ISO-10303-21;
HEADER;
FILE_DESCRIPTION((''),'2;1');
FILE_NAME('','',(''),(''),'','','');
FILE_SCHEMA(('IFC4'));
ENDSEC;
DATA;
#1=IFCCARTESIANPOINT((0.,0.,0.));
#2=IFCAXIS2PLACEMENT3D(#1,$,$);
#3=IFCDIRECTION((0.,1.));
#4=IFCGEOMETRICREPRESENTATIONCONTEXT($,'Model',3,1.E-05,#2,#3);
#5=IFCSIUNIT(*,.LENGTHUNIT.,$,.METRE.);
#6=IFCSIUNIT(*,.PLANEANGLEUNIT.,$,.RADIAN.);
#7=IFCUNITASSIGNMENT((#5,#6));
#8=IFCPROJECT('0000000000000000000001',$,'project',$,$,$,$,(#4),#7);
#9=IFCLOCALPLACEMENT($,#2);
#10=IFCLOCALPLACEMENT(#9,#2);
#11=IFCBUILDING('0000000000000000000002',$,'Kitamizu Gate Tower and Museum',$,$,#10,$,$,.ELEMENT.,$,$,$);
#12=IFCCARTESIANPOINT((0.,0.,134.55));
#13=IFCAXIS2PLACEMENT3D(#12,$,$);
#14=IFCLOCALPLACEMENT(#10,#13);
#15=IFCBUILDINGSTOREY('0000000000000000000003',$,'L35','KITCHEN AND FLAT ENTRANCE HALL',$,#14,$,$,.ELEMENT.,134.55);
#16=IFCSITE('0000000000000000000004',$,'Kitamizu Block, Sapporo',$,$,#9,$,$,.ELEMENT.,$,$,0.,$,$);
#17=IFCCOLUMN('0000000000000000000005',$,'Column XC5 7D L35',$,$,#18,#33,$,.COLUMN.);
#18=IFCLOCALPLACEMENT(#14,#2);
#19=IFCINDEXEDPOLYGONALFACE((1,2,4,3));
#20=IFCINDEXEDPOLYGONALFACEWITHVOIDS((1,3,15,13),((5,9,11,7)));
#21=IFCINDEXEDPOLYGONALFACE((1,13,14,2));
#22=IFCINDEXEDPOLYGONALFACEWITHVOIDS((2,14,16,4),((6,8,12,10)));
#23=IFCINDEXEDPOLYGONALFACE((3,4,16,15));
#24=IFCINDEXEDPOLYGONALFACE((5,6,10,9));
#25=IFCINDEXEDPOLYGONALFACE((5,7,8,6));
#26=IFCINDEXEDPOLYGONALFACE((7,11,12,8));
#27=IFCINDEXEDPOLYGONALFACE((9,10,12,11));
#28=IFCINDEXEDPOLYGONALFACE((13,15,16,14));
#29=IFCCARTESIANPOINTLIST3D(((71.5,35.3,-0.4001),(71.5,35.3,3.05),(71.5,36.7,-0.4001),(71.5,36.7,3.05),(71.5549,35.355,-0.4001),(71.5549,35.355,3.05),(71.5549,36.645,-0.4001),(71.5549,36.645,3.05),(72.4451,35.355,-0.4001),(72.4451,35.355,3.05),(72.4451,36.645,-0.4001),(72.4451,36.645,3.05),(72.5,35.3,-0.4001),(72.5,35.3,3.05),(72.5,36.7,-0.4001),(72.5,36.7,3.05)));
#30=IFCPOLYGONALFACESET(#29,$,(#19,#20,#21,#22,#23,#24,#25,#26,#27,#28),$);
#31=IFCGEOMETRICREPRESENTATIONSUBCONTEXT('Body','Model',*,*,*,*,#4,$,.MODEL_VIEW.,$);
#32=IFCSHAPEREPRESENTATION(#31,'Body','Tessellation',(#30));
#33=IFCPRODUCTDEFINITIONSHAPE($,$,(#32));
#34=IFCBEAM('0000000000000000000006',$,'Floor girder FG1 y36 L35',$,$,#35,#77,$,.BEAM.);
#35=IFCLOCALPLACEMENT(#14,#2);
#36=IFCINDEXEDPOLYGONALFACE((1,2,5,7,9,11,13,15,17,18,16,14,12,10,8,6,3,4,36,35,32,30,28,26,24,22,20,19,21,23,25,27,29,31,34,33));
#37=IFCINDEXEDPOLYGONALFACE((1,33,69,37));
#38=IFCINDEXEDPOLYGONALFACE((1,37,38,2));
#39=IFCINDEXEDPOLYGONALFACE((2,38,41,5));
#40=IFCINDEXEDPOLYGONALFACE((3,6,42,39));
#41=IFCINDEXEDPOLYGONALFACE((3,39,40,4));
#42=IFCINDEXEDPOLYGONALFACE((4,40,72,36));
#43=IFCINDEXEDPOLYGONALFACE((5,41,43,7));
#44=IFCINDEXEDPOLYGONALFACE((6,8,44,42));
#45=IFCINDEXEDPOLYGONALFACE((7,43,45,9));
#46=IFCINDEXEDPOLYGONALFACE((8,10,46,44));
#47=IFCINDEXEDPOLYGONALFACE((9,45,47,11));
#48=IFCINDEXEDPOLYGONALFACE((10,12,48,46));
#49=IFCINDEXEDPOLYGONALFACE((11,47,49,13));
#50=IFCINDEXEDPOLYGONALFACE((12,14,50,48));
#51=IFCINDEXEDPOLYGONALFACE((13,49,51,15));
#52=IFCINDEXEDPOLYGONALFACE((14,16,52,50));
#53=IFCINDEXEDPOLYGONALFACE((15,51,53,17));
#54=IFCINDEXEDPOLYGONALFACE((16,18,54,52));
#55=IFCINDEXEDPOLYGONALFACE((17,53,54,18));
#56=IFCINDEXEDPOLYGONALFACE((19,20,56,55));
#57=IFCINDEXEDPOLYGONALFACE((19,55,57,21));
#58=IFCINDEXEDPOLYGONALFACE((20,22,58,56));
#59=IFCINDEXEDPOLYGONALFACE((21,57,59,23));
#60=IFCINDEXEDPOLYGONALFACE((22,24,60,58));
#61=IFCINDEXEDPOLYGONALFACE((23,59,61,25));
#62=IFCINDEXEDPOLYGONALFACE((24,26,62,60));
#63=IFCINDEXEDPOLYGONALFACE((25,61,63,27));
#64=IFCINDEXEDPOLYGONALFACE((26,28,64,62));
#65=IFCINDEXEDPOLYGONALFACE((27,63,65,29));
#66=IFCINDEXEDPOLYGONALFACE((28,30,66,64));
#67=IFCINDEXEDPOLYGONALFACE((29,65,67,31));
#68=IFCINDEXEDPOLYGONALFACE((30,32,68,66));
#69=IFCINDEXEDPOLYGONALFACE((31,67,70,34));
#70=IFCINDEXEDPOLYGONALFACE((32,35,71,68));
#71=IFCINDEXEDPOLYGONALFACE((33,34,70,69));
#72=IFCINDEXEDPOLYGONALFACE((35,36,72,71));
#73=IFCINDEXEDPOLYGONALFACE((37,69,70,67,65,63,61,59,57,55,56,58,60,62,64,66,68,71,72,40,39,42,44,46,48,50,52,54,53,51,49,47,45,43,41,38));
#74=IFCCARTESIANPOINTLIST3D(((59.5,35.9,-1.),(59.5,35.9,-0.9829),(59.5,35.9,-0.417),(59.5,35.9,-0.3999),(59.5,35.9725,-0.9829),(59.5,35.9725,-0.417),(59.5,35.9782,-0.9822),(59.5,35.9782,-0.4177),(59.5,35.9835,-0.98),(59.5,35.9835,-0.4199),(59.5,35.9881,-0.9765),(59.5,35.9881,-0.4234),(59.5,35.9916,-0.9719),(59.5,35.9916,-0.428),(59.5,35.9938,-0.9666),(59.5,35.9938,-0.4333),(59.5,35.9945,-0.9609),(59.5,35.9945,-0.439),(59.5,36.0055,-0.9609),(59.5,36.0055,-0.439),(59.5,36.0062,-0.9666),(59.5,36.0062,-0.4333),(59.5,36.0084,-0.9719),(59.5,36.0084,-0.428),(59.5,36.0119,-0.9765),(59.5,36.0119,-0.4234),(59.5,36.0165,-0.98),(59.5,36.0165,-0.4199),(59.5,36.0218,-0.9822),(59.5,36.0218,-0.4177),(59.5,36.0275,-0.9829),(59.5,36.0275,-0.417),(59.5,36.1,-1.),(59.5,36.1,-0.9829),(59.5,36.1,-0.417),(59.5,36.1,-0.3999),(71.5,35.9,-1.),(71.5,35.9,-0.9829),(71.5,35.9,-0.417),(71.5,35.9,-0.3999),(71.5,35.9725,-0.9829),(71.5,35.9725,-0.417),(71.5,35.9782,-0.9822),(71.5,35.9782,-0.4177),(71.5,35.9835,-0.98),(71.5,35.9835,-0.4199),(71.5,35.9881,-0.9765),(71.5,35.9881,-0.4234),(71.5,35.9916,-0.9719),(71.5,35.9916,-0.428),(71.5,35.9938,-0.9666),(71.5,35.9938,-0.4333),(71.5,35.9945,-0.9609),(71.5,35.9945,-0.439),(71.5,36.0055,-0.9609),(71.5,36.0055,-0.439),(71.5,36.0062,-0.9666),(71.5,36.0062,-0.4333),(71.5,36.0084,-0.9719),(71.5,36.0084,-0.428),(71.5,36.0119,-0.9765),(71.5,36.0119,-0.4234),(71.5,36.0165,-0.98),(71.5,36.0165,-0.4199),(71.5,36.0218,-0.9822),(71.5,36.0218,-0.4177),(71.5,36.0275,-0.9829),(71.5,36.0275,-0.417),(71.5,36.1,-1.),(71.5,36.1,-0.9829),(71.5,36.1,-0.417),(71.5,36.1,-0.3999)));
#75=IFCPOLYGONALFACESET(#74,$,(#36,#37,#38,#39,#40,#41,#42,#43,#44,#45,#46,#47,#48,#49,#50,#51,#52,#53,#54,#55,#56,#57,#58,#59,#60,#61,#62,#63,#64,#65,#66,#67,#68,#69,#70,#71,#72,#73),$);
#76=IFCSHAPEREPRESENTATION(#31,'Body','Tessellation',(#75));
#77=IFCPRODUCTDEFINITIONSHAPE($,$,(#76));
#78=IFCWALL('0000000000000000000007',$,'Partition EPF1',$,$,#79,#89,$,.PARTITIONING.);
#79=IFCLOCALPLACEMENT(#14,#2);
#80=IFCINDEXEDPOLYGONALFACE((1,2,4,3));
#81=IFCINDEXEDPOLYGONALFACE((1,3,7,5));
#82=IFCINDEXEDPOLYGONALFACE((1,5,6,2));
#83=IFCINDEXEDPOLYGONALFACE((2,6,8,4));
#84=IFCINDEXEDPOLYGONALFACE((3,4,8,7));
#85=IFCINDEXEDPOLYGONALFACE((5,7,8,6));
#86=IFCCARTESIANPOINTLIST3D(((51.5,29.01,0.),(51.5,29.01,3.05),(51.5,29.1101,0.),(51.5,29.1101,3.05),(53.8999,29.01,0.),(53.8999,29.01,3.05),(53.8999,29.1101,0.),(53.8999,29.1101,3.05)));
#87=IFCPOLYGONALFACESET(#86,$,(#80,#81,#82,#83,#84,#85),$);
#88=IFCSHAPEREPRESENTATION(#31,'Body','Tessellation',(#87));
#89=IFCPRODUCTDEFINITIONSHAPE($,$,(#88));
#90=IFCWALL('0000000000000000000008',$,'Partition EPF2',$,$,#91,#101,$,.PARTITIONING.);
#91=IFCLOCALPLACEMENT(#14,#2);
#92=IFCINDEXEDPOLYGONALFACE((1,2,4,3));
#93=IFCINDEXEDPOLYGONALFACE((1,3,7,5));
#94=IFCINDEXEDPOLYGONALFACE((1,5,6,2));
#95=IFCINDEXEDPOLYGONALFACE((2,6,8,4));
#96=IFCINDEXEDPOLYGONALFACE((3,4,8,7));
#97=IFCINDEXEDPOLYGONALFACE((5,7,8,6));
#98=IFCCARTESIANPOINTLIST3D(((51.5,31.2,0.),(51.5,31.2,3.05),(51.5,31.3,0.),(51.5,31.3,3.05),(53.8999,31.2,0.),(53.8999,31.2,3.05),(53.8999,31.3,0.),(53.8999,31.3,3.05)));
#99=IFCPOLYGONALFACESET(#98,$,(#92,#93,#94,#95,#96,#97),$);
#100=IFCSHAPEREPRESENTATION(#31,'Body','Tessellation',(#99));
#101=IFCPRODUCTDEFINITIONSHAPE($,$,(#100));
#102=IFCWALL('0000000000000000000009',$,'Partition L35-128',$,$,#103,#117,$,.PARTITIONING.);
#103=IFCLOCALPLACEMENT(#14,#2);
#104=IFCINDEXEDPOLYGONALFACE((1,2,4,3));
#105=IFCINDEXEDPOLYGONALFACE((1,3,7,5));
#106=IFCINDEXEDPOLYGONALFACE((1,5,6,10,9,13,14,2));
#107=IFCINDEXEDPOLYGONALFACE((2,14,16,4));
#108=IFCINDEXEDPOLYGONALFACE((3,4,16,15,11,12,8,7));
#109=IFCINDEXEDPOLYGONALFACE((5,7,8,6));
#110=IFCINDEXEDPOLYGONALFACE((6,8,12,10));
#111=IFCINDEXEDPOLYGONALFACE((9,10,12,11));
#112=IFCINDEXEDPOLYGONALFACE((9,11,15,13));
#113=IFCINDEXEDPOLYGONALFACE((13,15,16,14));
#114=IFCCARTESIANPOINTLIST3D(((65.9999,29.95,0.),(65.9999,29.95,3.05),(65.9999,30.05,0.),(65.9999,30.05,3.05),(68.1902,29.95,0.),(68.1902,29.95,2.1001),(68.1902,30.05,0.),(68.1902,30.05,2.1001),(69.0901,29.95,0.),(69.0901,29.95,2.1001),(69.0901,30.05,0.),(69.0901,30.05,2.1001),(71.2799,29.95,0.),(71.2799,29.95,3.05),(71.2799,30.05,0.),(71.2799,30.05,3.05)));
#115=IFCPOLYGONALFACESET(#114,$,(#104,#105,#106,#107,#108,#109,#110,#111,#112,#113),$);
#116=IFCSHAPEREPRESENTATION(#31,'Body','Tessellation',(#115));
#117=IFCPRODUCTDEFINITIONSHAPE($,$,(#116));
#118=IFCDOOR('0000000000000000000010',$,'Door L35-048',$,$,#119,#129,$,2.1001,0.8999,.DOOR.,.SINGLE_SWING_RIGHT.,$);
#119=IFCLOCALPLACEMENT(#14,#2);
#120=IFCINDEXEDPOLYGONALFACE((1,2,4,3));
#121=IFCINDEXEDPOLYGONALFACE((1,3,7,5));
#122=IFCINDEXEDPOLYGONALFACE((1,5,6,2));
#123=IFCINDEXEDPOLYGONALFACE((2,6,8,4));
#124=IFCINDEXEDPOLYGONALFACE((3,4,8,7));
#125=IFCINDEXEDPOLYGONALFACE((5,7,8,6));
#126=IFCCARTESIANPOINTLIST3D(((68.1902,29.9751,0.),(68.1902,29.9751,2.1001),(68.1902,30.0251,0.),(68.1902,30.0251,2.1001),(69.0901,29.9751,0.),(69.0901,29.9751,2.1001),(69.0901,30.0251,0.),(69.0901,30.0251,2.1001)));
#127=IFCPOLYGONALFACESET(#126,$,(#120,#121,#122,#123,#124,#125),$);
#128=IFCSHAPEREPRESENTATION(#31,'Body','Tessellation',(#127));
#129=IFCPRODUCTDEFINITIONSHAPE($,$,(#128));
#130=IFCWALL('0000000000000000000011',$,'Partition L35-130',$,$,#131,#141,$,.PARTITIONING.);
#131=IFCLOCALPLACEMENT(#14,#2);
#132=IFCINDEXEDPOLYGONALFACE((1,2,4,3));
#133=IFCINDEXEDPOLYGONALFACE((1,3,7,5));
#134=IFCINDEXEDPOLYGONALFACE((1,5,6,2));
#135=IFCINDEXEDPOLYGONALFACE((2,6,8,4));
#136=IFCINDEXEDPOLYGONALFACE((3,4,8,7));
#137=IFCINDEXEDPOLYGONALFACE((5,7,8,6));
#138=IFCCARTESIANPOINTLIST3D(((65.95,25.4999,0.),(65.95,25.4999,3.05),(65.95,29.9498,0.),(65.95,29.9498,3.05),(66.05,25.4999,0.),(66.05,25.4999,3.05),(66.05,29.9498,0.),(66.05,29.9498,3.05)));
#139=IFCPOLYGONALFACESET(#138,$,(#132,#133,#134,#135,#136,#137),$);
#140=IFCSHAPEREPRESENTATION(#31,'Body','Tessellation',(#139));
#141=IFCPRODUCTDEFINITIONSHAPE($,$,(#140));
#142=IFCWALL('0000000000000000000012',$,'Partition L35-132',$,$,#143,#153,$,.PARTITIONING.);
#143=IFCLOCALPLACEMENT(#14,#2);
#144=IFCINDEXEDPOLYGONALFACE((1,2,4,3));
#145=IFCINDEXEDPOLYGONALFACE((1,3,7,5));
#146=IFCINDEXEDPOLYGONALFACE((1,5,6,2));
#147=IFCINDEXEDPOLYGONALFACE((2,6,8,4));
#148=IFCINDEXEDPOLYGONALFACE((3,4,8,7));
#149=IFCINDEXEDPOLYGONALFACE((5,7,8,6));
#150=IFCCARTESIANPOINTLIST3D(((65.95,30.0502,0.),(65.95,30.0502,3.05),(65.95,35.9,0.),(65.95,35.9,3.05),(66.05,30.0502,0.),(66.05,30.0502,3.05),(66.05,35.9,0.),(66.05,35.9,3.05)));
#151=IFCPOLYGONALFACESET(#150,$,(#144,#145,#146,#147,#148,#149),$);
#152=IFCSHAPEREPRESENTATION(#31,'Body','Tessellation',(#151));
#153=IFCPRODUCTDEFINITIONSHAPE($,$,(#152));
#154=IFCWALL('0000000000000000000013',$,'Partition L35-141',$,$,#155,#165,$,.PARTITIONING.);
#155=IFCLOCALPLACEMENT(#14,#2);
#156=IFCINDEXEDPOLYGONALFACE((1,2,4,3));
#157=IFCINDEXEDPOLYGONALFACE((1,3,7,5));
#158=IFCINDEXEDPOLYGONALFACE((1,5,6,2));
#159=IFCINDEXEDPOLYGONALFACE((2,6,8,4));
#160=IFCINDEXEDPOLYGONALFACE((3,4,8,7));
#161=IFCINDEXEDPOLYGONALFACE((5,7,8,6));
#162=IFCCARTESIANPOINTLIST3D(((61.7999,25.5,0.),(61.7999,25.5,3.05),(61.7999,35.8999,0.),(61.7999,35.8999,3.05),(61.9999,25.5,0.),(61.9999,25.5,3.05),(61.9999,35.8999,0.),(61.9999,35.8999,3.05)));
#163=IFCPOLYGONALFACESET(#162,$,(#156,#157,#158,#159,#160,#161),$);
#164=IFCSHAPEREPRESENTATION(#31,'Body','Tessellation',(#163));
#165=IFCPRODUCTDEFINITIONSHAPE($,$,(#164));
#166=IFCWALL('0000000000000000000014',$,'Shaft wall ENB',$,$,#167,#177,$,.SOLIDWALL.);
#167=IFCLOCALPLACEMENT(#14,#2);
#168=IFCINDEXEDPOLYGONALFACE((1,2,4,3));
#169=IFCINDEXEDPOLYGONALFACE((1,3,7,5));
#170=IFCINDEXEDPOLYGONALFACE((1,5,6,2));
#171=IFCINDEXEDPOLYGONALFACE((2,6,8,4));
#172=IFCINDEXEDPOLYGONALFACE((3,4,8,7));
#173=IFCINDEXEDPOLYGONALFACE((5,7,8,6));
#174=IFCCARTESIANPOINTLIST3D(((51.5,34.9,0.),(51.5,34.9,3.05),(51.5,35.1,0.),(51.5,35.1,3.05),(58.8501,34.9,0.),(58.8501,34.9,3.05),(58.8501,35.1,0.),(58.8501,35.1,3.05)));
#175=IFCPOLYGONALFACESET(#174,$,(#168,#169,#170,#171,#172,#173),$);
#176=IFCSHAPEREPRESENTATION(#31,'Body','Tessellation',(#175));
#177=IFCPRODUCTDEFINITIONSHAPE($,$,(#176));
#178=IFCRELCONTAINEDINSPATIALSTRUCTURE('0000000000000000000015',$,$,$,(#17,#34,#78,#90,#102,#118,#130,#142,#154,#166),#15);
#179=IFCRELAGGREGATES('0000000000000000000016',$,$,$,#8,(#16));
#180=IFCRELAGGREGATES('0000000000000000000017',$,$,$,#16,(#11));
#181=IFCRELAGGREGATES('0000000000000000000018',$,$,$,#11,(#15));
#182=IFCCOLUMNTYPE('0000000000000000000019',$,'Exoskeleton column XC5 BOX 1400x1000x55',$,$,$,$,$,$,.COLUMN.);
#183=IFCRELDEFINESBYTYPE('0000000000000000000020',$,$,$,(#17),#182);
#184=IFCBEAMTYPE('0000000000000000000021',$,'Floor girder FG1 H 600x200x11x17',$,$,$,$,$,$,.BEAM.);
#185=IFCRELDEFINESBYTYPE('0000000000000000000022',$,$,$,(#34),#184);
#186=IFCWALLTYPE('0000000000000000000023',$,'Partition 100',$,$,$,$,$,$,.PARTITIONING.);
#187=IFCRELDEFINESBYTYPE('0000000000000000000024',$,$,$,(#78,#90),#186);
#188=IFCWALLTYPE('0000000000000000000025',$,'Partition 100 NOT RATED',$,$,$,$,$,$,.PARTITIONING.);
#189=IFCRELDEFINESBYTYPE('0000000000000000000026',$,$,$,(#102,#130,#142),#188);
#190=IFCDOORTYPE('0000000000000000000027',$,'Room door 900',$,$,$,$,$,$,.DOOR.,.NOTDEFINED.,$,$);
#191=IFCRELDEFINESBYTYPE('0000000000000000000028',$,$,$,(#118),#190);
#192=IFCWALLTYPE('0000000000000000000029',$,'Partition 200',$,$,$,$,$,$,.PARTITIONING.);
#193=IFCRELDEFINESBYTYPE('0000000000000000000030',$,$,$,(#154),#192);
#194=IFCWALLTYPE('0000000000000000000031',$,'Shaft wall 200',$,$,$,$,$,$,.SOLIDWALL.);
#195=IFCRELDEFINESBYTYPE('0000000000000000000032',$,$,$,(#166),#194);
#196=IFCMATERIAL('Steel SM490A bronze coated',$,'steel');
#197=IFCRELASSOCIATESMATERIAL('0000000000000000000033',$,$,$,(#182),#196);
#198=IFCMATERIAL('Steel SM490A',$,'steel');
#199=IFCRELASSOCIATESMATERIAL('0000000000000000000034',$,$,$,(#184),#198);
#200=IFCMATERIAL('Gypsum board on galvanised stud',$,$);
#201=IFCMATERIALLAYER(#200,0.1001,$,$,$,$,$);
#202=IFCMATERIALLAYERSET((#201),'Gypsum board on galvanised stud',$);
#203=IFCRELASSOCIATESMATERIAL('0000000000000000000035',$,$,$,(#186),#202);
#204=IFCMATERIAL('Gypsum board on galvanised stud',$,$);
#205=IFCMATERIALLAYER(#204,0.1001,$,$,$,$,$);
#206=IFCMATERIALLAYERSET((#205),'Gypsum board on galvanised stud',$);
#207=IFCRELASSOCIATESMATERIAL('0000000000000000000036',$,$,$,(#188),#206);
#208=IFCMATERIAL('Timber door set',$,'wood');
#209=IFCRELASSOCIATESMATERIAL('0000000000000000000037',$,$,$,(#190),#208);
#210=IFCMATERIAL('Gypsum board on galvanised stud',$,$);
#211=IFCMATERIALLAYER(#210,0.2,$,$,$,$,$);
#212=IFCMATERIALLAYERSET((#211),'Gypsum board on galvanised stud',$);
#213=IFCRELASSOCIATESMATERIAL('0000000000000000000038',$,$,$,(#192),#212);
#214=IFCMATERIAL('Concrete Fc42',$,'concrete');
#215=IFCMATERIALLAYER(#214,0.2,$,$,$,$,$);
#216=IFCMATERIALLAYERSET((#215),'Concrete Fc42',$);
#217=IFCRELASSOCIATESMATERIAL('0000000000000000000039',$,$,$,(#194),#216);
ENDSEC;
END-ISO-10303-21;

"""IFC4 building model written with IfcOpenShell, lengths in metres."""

from ifc_helpers import new_model, si_unit, direction, frame, frame_2d, origin, origin_2d, place, context, subcontext, project, spatial, rectangle, hollow_rectangle, i_section, extrude, material, layer, layer_set, material_profile, profile_set, type_object, element, fill, save


model = new_model("IFC4")

# Units and contexts
model_context = context("Model", 3, precision=1e-05, world=origin(), true_north=direction((0.0, 1.0)))
body_context = subcontext(model_context, "Body", "Model", "MODEL_VIEW")
ifc_project = project(units=[si_unit("LENGTHUNIT", "METRE"), si_unit("PLANEANGLEUNIT", "RADIAN")], contexts=[model_context])

# Site, building, storey
site_placement = place(None, origin())
site = spatial("IfcSite", under=ifc_project, at=site_placement, Name="Kitamizu Block, Sapporo", CompositionType="ELEMENT", RefElevation=0.0)
building_placement = place(site_placement, origin())
building = spatial("IfcBuilding", under=site, at=building_placement, Name="Kitamizu Gate Tower and Museum", CompositionType="ELEMENT")
storey_placement = place(building_placement, frame((0.0, 0.0, 134.55)))
storey = spatial("IfcBuildingStorey", under=building, at=storey_placement, Name="L35", Description="KITCHEN AND FLAT ENTRANCE HALL", CompositionType="ELEMENT", Elevation=134.55)

# Column
ifc_material_1 = material(Name="Steel SM490A bronze coated", Category="steel")
ifc_material_profile_1 = material_profile(ifc_material_1, hollow_rectangle(XDim=1.3999, YDim=1.0, WallThickness=0.0549, at=origin_2d()), Name="BOX 1400x1000x55")
ifc_profile_set_1 = profile_set([ifc_material_profile_1], Name="Steel SM490A bronze coated")
column_type = type_object("IfcColumnType", Name="Exoskeleton column XC5 BOX 1400x1000x55", PredefinedType="COLUMN", material=ifc_profile_set_1)
column_placement = place(storey_placement, frame((72.0, 36.0, -0.4001), z_axis=(0.0, 0.0, 1.0), x_axis=(0.0, 1.0, 0.0)))
element("IfcColumn", 1, at=column_placement, inside=storey, type_object=column_type, Name="Column XC5 7D L35", PredefinedType="COLUMN", context=body_context, shape_type="SweptSolid", body=[
    extrude(hollow_rectangle(XDim=1.3999, YDim=1.0, WallThickness=0.0549, at=origin_2d()), origin(), (0.0, 0.0, 1.0), 3.4502),
])

# Beam
ifc_material_2 = material(Name="Steel SM490A", Category="steel")
ifc_material_profile_2 = material_profile(ifc_material_2, i_section(OverallWidth=0.2, OverallDepth=0.6001, WebThickness=0.011, FlangeThickness=0.0171, FilletRadius=0.022, at=origin_2d()), Name="H-600x200x11x17")
ifc_profile_set_2 = profile_set([ifc_material_profile_2], Name="Steel SM490A")
beam_type = type_object("IfcBeamType", Name="Floor girder FG1 H 600x200x11x17", PredefinedType="BEAM", material=ifc_profile_set_2)
beam_placement = place(storey_placement, frame((59.5, 36.0, -0.7), z_axis=(1.0, 0.0, 0.0), x_axis=(0.0, 1.0, 0.0)))
element("IfcBeam", 2, at=beam_placement, inside=storey, type_object=beam_type, Name="Floor girder FG1 y36 L35", PredefinedType="BEAM", context=body_context, shape_type="SweptSolid", body=[
    extrude(i_section(OverallWidth=0.2, OverallDepth=0.6001, WebThickness=0.011, FlangeThickness=0.0171, FilletRadius=0.022, at=origin_2d()), origin(), (0.0, 0.0, 1.0), 12.0),
])

# Walls
ifc_material_3 = material(Name="Gypsum board on galvanised stud")
ifc_layer_1 = layer(ifc_material_3, 0.1001)
ifc_layer_set_1 = layer_set([ifc_layer_1], Name="Gypsum board on galvanised stud")
wall_type_1 = type_object("IfcWallType", Name="Partition 100", PredefinedType="PARTITIONING", material=ifc_layer_set_1)
for number, where, z_axis, x_axis, name in (
    (3, (53.8999, 29.0601, 0.0), (0.0, 0.0, 1.0), (-1.0, 0.0, 0.0), "Partition EPF1"),
    (4, (53.8999, 31.25, 0.0), (0.0, 0.0, 1.0), (-1.0, 0.0, 0.0), "Partition EPF2"),
):
    element("IfcWall", number, at=place(storey_placement, frame(where, z_axis=z_axis, x_axis=x_axis)), inside=storey, type_object=wall_type_1, Name=name, PredefinedType="PARTITIONING", context=body_context, shape_type="SweptSolid", body=[
        extrude(rectangle(XDim=2.3999, YDim=0.1001, at=frame_2d((1.2, 0.0))), origin(), (0.0, 0.0, 1.0), 3.05),
    ])

# Wall, opening, door
ifc_material_4 = material(Name="Gypsum board on galvanised stud")
ifc_layer_2 = layer(ifc_material_4, 0.1001)
ifc_layer_set_2 = layer_set([ifc_layer_2], Name="Gypsum board on galvanised stud")
wall_type_2 = type_object("IfcWallType", Name="Partition 100 NOT RATED", PredefinedType="PARTITIONING", material=ifc_layer_set_2)
wall_1_placement = place(storey_placement, frame((71.28, 30.0, 0.0), z_axis=(0.0, 0.0, 1.0), x_axis=(-1.0, 0.0, 0.0)))
wall_1 = element("IfcWall", 5, at=wall_1_placement, inside=storey, type_object=wall_type_2, Name="Partition L35-128", PredefinedType="PARTITIONING", context=body_context, shape_type="SweptSolid", body=[
    extrude(rectangle(XDim=5.28, YDim=0.1001, at=frame_2d((2.6401, 0.0))), origin(), (0.0, 0.0, 1.0), 3.05),
])
opening_1_placement = place(wall_1_placement, frame((2.1899, 0.0, 0.0)))
opening_1 = element("IfcOpeningElement", 6, at=opening_1_placement, cuts=wall_1, PredefinedType="OPENING", context=body_context, shape_type="SweptSolid", body=[
    extrude(rectangle(XDim=0.8999, YDim=2.1001, at=frame_2d((0.45, 1.05))), frame((0.0, 0.0601, 0.0), z_axis=(0.0, -1.0, 0.0), x_axis=(1.0, 0.0, 0.0)), (0.0, 0.0, 1.0), 0.1201),
])
ifc_material_5 = material(Name="Timber door set", Category="wood")
door_type_1 = type_object("IfcDoorType", Name="Room door 900", OperationType="NOTDEFINED", PredefinedType="DOOR", material=ifc_material_5)
door_1_placement = place(opening_1_placement, origin())
door_1 = element("IfcDoor", 7, at=door_1_placement, inside=storey, type_object=door_type_1, Name="Door L35-048", OperationType="SINGLE_SWING_RIGHT", OverallHeight=2.1001, OverallWidth=0.8999, PredefinedType="DOOR", context=body_context, shape_type="SweptSolid", body=[
    extrude(rectangle(XDim=0.8999, YDim=2.1001, at=frame_2d((0.45, 1.05))), frame((0.0, 0.0249, 0.0), z_axis=(0.0, -1.0, 0.0), x_axis=(1.0, 0.0, 0.0)), (0.0, 0.0, 1.0), 0.05),
])
fill(opening_1, door_1)

# Walls
wall_2_placement = place(storey_placement, frame((66.0, 29.95, 0.0), z_axis=(0.0, 0.0, 1.0), x_axis=(0.0, -1.0, 0.0)))
element("IfcWall", 8, at=wall_2_placement, inside=storey, type_object=wall_type_2, Name="Partition L35-130", PredefinedType="PARTITIONING", context=body_context, shape_type="SweptSolid", body=[
    extrude(rectangle(XDim=4.45, YDim=0.1001, at=frame_2d((2.2251, 0.0))), origin(), (0.0, 0.0, 1.0), 3.05),
])
wall_3_placement = place(storey_placement, frame((66.0, 35.8999, 0.0), z_axis=(0.0, 0.0, 1.0), x_axis=(0.0, -1.0, 0.0)))
element("IfcWall", 9, at=wall_3_placement, inside=storey, type_object=wall_type_2, Name="Partition L35-132", PredefinedType="PARTITIONING", context=body_context, shape_type="SweptSolid", body=[
    extrude(rectangle(XDim=5.8499, YDim=0.1001, at=frame_2d((2.9248, 0.0))), origin(), (0.0, 0.0, 1.0), 3.05),
])
ifc_material_6 = material(Name="Gypsum board on galvanised stud")
ifc_layer_3 = layer(ifc_material_6, 0.2)
ifc_layer_set_3 = layer_set([ifc_layer_3], Name="Gypsum board on galvanised stud")
wall_type_3 = type_object("IfcWallType", Name="Partition 200", PredefinedType="PARTITIONING", material=ifc_layer_set_3)
wall_4_placement = place(storey_placement, frame((61.8999, 35.8999, 0.0), z_axis=(0.0, 0.0, 1.0), x_axis=(0.0, -1.0, 0.0)))
element("IfcWall", 10, at=wall_4_placement, inside=storey, type_object=wall_type_3, Name="Partition L35-141", PredefinedType="PARTITIONING", context=body_context, shape_type="SweptSolid", body=[
    extrude(rectangle(XDim=10.3999, YDim=0.2, at=frame_2d((5.2, 0.0))), origin(), (0.0, 0.0, 1.0), 3.05),
])
ifc_material_7 = material(Name="Concrete Fc42", Category="concrete")
ifc_layer_4 = layer(ifc_material_7, 0.2)
ifc_layer_set_4 = layer_set([ifc_layer_4], Name="Concrete Fc42")
wall_type_4 = type_object("IfcWallType", Name="Shaft wall 200", PredefinedType="SOLIDWALL", material=ifc_layer_set_4)
wall_5_placement = place(storey_placement, frame((58.8501, 35.0, 0.0), z_axis=(0.0, 0.0, 1.0), x_axis=(-1.0, 0.0, 0.0)))
element("IfcWall", 11, at=wall_5_placement, inside=storey, type_object=wall_type_4, Name="Shaft wall ENB", PredefinedType="SOLIDWALL", context=body_context, shape_type="SweptSolid", body=[
    extrude(rectangle(XDim=7.3501, YDim=0.2, at=frame_2d((3.675, 0.0))), origin(), (0.0, 0.0, 1.0), 3.05),
])

save(model, "model.ifc")
